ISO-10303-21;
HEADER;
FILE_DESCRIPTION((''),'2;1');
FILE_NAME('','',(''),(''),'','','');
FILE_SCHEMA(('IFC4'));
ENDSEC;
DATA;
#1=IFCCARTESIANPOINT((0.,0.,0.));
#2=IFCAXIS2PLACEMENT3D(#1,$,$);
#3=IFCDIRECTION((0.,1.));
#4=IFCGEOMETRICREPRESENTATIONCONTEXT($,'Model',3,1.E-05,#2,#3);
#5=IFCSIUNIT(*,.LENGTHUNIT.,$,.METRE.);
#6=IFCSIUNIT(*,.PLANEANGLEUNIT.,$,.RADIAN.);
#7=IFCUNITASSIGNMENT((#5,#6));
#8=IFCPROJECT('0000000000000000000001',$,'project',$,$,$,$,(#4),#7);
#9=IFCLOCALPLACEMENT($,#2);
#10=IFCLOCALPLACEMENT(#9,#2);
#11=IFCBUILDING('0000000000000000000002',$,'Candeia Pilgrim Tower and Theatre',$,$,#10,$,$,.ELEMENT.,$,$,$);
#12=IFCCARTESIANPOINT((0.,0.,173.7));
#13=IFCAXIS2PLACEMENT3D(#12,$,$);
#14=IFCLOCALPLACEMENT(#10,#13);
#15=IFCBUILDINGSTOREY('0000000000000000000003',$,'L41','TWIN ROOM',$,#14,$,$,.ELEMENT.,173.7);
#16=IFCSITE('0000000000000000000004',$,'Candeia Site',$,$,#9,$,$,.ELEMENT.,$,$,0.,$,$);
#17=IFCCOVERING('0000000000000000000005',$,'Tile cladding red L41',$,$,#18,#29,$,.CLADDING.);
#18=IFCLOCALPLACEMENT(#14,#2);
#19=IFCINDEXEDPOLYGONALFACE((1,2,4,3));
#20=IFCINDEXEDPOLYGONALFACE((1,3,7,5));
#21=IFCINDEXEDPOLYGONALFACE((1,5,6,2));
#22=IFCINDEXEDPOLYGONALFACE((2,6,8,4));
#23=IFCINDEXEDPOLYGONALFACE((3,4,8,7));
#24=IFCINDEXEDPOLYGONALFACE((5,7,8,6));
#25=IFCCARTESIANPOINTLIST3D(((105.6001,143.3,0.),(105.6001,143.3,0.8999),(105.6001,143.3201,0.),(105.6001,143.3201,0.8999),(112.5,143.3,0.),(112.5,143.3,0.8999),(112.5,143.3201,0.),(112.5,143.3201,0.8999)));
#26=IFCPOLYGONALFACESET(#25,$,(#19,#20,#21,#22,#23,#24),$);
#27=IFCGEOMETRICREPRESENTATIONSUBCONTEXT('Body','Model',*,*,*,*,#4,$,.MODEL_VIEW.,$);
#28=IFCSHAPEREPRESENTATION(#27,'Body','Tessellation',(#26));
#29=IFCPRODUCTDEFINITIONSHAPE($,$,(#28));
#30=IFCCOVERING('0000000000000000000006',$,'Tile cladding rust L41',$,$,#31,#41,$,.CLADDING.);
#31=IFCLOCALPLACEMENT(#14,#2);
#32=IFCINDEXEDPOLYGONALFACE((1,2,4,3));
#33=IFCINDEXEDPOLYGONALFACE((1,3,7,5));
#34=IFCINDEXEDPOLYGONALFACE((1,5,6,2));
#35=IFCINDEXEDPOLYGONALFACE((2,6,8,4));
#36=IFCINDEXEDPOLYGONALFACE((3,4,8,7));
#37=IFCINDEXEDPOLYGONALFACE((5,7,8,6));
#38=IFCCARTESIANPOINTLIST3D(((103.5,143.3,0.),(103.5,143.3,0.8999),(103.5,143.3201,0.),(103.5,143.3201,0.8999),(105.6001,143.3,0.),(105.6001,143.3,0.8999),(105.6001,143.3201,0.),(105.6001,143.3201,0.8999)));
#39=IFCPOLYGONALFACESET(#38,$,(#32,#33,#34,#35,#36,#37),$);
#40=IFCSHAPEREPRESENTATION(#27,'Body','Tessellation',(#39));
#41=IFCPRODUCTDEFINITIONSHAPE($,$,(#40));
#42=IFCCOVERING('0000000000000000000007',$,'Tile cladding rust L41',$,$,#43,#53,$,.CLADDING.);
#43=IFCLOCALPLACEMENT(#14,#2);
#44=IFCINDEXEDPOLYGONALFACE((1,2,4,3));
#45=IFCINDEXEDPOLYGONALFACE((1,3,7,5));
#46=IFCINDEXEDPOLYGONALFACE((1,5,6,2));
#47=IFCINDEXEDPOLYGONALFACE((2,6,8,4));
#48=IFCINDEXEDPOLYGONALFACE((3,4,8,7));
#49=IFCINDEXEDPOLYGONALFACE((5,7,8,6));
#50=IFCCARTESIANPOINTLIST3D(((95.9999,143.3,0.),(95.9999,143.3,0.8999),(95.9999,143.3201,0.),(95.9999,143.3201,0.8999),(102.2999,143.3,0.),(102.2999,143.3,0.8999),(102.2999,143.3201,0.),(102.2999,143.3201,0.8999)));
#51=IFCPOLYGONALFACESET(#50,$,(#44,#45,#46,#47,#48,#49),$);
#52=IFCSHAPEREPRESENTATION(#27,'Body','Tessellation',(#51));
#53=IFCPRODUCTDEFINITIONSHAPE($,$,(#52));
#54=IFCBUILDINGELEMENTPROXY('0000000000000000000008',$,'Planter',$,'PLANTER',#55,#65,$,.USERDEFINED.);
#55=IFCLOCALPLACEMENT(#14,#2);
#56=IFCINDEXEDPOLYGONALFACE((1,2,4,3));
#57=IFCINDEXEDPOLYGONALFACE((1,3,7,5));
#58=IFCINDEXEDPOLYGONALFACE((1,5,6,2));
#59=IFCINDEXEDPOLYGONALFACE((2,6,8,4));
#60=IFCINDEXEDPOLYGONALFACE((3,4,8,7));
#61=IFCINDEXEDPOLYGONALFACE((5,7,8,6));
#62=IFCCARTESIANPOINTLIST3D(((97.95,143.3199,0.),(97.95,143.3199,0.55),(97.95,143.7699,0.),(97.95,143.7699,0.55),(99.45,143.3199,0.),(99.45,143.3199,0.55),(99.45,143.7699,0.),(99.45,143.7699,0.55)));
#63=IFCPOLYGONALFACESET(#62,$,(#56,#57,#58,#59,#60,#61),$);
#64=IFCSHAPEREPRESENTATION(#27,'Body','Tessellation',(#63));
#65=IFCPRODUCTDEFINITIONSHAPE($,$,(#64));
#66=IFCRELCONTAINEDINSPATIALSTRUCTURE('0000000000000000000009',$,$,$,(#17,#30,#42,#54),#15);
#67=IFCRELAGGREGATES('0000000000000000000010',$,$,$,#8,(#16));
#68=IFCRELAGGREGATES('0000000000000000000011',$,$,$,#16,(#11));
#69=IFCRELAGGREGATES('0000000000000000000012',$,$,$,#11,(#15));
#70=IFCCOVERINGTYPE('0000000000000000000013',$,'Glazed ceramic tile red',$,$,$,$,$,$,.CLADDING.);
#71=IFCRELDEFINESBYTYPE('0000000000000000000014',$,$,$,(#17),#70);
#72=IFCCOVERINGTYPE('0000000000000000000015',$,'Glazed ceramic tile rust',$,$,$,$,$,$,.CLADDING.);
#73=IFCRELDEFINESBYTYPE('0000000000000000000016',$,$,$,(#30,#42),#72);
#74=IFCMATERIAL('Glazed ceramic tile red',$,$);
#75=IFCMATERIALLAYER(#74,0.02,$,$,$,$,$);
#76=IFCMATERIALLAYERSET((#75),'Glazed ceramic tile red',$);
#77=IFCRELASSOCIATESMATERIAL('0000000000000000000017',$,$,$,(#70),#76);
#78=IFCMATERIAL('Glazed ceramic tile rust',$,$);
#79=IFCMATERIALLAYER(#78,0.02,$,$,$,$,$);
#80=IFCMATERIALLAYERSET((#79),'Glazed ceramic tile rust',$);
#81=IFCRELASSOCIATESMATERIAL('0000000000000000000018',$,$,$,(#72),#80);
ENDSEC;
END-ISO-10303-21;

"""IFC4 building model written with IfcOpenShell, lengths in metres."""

from ifc_helpers import new_model, si_unit, direction, frame, origin, origin_2d, place, context, subcontext, project, spatial, rectangle, extrude, material, layer, layer_set, type_object, element, save


model = new_model("IFC4")

# Units and contexts
model_context = context("Model", 3, precision=1e-05, world=origin(), true_north=direction((0.0, 1.0)))
body_context = subcontext(model_context, "Body", "Model", "MODEL_VIEW")
ifc_project = project(units=[si_unit("LENGTHUNIT", "METRE"), si_unit("PLANEANGLEUNIT", "RADIAN")], contexts=[model_context])

# Site, building, storey
site_placement = place(None, origin())
site = spatial("IfcSite", under=ifc_project, at=site_placement, Name="Candeia Site", CompositionType="ELEMENT", RefElevation=0.0)
building_placement = place(site_placement, origin())
building = spatial("IfcBuilding", under=site, at=building_placement, Name="Candeia Pilgrim Tower and Theatre", CompositionType="ELEMENT")
storey_placement = place(building_placement, frame((0.0, 0.0, 173.7)))
storey = spatial("IfcBuildingStorey", under=building, at=storey_placement, Name="L41", Description="TWIN ROOM", CompositionType="ELEMENT", Elevation=173.7)

# Coverings
ifc_material_1 = material(Name="Glazed ceramic tile red")
ifc_layer_1 = layer(ifc_material_1, 0.02)
ifc_layer_set_1 = layer_set([ifc_layer_1], Name="Glazed ceramic tile red")
covering_type_1 = type_object("IfcCoveringType", Name="Glazed ceramic tile red", PredefinedType="CLADDING", material=ifc_layer_set_1)
covering_1_placement = place(storey_placement, frame((109.05, 143.3101, 0.0), z_axis=(0.0, 0.0, 1.0), x_axis=(-1.0, 0.0, 0.0)))
element("IfcCovering", 1, at=covering_1_placement, inside=storey, type_object=covering_type_1, Name="Tile cladding red L41", PredefinedType="CLADDING", context=body_context, shape_type="SweptSolid", body=[
    extrude(rectangle(XDim=6.8999, YDim=0.02, at=origin_2d()), origin(), (0.0, 0.0, 1.0), 0.8999),
])
ifc_material_2 = material(Name="Glazed ceramic tile rust")
ifc_layer_2 = layer(ifc_material_2, 0.02)
ifc_layer_set_2 = layer_set([ifc_layer_2], Name="Glazed ceramic tile rust")
covering_type_2 = type_object("IfcCoveringType", Name="Glazed ceramic tile rust", PredefinedType="CLADDING", material=ifc_layer_set_2)
covering_2_placement = place(storey_placement, frame((104.55, 143.3101, 0.0), z_axis=(0.0, 0.0, 1.0), x_axis=(-1.0, 0.0, 0.0)))
element("IfcCovering", 2, at=covering_2_placement, inside=storey, type_object=covering_type_2, Name="Tile cladding rust L41", PredefinedType="CLADDING", context=body_context, shape_type="SweptSolid", body=[
    extrude(rectangle(XDim=2.1001, YDim=0.02, at=origin_2d()), origin(), (0.0, 0.0, 1.0), 0.8999),
])
covering_3_placement = place(storey_placement, frame((99.1499, 143.3101, 0.0), z_axis=(0.0, 0.0, 1.0), x_axis=(-1.0, 0.0, 0.0)))
element("IfcCovering", 3, at=covering_3_placement, inside=storey, type_object=covering_type_2, Name="Tile cladding rust L41", PredefinedType="CLADDING", context=body_context, shape_type="SweptSolid", body=[
    extrude(rectangle(XDim=6.3, YDim=0.02, at=origin_2d()), origin(), (0.0, 0.0, 1.0), 0.8999),
])

# Building element proxy
proxy_placement = place(storey_placement, frame((98.7, 143.5449, 0.0), z_axis=(0.0, 0.0, 1.0), x_axis=(-1.0, 0.0, 0.0)))
element("IfcBuildingElementProxy", 4, at=proxy_placement, inside=storey, Name="Planter", ObjectType="PLANTER", PredefinedType="USERDEFINED", context=body_context, shape_type="SweptSolid", body=[
    extrude(rectangle(XDim=1.5, YDim=0.45, at=origin_2d()), origin(), (0.0, 0.0, 1.0), 0.55),
])

save(model, "model.ifc")
